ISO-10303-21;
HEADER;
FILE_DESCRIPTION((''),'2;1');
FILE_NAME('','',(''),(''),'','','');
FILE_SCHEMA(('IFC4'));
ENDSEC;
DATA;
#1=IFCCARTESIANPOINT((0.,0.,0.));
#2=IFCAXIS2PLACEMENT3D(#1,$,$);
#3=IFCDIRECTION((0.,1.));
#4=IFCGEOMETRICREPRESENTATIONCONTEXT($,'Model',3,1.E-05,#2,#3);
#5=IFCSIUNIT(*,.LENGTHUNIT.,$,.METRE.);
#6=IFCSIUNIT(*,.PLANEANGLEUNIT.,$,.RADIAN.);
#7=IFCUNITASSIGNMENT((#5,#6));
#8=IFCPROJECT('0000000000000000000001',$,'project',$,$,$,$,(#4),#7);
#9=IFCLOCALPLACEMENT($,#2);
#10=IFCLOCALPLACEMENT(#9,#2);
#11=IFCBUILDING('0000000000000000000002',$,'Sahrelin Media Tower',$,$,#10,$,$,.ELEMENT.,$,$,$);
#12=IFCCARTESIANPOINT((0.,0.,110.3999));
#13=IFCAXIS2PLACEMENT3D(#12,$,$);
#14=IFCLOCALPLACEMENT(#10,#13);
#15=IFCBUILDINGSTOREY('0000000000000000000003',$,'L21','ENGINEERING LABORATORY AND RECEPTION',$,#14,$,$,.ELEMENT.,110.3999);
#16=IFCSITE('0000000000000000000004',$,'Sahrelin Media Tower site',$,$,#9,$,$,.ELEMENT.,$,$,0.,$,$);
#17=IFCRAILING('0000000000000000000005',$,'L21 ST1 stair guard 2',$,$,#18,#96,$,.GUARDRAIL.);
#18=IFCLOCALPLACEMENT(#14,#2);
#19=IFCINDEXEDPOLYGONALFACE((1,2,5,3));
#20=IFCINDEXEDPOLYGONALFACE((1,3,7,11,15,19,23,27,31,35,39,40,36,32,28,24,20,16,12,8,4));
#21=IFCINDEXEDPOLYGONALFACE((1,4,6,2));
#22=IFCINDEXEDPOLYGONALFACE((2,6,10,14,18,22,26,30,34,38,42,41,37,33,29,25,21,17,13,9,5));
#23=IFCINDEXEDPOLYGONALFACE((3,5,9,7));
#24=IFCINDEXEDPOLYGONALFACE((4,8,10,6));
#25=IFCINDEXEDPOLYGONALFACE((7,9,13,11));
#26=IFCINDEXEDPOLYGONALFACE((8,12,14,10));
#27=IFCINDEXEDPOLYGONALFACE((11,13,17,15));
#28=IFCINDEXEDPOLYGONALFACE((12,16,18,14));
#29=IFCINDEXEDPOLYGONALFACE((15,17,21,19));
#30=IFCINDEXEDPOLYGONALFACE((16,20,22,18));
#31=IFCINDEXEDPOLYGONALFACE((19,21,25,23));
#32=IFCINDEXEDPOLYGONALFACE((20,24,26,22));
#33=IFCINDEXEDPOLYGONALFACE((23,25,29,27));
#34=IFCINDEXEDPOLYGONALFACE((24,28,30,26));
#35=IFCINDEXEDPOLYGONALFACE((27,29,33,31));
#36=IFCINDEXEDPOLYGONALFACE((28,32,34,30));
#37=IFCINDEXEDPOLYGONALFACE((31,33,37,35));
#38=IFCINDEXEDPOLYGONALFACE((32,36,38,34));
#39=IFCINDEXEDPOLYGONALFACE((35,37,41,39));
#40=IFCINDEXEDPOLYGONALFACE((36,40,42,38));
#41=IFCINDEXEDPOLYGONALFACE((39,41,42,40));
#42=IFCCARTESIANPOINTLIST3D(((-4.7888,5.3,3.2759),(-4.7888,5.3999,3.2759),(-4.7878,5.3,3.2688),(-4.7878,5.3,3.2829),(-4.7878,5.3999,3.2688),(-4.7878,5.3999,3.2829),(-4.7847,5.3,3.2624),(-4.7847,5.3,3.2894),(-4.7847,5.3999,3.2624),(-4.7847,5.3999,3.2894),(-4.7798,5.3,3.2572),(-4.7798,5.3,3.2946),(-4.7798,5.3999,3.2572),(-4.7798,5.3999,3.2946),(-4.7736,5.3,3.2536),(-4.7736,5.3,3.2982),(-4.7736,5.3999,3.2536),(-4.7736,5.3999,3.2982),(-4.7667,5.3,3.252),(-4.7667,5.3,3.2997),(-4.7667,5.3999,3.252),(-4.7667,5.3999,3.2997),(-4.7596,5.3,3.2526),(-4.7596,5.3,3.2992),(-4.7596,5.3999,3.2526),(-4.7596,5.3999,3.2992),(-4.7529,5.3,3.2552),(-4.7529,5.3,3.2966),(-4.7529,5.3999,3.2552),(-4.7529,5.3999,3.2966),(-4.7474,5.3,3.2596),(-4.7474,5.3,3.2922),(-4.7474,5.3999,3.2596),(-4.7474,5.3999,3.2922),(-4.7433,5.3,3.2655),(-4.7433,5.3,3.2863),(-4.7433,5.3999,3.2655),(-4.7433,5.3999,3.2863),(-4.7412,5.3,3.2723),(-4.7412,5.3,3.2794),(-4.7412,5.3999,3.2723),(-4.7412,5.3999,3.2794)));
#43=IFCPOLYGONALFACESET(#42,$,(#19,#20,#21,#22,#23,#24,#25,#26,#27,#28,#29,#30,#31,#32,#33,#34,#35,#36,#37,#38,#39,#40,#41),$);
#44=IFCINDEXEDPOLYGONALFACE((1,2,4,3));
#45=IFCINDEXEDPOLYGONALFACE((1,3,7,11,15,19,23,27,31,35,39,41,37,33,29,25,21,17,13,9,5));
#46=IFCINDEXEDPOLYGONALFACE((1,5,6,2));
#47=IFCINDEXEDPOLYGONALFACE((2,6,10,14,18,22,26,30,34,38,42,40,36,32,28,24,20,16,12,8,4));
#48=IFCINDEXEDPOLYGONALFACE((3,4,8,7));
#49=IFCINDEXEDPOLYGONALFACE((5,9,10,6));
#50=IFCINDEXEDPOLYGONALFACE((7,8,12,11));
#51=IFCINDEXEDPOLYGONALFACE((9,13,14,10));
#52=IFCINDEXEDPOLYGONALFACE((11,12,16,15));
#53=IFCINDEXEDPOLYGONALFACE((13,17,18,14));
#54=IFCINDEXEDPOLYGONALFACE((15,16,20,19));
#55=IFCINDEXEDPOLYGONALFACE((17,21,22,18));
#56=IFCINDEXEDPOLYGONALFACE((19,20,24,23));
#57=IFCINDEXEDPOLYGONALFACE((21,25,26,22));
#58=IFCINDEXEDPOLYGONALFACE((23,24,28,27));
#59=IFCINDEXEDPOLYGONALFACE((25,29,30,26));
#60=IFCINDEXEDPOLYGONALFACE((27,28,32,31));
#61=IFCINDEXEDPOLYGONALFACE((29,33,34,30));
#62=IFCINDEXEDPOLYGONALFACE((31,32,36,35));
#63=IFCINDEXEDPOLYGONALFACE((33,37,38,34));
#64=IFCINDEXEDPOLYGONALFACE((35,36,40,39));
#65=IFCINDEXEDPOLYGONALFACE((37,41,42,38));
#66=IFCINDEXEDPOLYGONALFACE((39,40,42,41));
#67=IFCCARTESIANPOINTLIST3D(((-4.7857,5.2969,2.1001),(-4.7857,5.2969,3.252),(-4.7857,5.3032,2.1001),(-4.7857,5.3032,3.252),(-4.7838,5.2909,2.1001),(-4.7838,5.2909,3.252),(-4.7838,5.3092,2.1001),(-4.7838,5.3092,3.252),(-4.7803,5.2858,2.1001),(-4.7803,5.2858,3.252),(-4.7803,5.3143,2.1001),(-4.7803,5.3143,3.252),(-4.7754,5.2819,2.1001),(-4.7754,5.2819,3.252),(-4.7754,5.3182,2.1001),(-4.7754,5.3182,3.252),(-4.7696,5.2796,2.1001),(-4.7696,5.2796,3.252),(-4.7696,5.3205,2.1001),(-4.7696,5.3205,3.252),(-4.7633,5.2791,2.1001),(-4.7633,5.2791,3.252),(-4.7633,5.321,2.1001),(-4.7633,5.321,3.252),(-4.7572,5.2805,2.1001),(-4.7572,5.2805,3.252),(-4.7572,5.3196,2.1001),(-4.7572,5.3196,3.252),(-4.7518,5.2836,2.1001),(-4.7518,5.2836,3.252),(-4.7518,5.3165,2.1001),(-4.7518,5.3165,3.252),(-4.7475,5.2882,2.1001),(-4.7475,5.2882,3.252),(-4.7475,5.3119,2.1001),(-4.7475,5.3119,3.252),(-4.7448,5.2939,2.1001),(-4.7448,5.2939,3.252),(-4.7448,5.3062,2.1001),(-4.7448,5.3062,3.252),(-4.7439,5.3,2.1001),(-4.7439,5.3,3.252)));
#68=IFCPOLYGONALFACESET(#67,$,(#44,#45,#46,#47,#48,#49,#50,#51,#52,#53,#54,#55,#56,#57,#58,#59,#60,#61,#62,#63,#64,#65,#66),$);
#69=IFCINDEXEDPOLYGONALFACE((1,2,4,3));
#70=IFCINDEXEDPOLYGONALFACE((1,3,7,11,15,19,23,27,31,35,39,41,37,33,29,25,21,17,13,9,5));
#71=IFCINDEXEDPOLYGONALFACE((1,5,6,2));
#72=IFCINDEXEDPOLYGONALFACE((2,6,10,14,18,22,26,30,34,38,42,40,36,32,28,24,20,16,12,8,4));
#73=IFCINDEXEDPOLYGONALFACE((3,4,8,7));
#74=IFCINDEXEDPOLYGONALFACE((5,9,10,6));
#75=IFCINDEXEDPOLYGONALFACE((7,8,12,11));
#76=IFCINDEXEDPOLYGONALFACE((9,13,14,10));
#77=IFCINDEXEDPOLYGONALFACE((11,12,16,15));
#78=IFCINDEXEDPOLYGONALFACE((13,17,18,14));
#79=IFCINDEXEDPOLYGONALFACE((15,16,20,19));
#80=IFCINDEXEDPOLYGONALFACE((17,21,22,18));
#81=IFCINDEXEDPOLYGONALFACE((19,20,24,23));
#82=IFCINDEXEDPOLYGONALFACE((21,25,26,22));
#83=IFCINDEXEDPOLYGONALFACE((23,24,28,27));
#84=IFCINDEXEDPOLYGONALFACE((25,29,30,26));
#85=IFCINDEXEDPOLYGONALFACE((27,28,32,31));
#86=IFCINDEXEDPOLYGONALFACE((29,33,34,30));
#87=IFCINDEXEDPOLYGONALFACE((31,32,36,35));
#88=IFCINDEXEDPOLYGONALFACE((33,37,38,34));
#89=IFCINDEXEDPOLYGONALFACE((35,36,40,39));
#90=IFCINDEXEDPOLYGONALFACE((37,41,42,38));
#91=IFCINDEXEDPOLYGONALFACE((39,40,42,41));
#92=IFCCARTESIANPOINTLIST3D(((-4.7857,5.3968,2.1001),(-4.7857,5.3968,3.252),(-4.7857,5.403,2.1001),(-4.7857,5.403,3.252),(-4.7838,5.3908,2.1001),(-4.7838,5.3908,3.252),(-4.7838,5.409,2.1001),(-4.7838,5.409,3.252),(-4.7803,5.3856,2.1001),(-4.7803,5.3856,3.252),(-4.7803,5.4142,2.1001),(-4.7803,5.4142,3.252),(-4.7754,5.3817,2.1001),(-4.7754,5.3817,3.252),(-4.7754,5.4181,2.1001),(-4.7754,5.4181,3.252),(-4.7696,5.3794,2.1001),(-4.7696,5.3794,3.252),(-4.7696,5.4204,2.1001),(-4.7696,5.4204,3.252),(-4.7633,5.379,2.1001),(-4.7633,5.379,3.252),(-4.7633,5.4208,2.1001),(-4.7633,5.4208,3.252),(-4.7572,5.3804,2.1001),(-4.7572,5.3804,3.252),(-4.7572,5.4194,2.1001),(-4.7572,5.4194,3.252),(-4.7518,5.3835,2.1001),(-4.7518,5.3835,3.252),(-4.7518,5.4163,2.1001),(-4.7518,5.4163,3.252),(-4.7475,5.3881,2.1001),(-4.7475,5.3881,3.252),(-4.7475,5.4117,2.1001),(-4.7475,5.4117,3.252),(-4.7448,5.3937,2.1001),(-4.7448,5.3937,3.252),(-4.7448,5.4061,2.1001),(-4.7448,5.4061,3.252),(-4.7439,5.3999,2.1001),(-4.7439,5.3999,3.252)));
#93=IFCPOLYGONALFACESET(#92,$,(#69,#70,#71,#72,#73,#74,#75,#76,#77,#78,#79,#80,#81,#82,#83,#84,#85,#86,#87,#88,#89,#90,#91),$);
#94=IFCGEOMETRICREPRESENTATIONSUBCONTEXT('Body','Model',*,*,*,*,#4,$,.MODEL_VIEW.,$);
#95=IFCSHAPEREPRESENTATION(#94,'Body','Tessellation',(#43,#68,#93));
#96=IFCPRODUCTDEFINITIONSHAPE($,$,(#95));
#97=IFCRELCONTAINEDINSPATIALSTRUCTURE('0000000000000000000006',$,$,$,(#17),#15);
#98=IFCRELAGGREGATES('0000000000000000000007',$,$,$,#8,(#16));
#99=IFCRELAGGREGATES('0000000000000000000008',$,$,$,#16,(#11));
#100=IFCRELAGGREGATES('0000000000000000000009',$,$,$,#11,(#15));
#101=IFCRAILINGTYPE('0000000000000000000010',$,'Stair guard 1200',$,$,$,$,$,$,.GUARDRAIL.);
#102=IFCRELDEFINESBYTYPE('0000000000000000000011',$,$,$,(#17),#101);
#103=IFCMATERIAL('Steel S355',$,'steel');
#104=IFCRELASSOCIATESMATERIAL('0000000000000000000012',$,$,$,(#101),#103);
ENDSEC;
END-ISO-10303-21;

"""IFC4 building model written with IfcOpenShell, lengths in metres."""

from ifc_helpers import new_model, si_unit, direction, frame, origin, origin_2d, place, context, subcontext, project, spatial, circle, extrude, material, type_object, element, save


model = new_model("IFC4")

# Units and contexts
model_context = context("Model", 3, precision=1e-05, world=origin(), true_north=direction((0.0, 1.0)))
body_context = subcontext(model_context, "Body", "Model", "MODEL_VIEW")
ifc_project = project(units=[si_unit("LENGTHUNIT", "METRE"), si_unit("PLANEANGLEUNIT", "RADIAN")], contexts=[model_context])

# Site, building, storey
site_placement = place(None, origin())
site = spatial("IfcSite", under=ifc_project, at=site_placement, Name="Sahrelin Media Tower site", CompositionType="ELEMENT", RefElevation=0.0)
building_placement = place(site_placement, origin())
building = spatial("IfcBuilding", under=site, at=building_placement, Name="Sahrelin Media Tower", CompositionType="ELEMENT")
storey_placement = place(building_placement, frame((0.0, 0.0, 110.3999)))
storey = spatial("IfcBuildingStorey", under=building, at=storey_placement, Name="L21", Description="ENGINEERING LABORATORY AND RECEPTION", CompositionType="ELEMENT", Elevation=110.3999)

# Shared definitions
ifc_material_1 = material(Name="Steel S355", Category="steel")

# Railing
railing_type_1 = type_object("IfcRailingType", Name="Stair guard 1200", PredefinedType="GUARDRAIL", material=ifc_material_1)
railing_1_placement = place(storey_placement, frame((-4.7649, 5.3, 2.1001)))
element("IfcRailing", 1, at=railing_1_placement, inside=storey, type_object=railing_type_1, Name="L21 ST1 stair guard 2", PredefinedType="GUARDRAIL", context=body_context, shape_type="SweptSolid", body=[
    extrude(circle(Radius=0.0239, at=origin_2d()), frame((0.0, 0.0, 1.1758), z_axis=(0.0, 1.0, 0.0), x_axis=(-1.0, 0.0, 0.0)), (0.0, 0.0, 1.0), 0.0999),
    extrude(circle(Radius=0.021, at=origin_2d()), origin(), (0.0, 0.0, 1.0), 1.1519),
    extrude(circle(Radius=0.021, at=origin_2d()), frame((0.0, 0.0999, 0.0)), (0.0, 0.0, 1.0), 1.1519),
])

save(model, "model.ifc")
